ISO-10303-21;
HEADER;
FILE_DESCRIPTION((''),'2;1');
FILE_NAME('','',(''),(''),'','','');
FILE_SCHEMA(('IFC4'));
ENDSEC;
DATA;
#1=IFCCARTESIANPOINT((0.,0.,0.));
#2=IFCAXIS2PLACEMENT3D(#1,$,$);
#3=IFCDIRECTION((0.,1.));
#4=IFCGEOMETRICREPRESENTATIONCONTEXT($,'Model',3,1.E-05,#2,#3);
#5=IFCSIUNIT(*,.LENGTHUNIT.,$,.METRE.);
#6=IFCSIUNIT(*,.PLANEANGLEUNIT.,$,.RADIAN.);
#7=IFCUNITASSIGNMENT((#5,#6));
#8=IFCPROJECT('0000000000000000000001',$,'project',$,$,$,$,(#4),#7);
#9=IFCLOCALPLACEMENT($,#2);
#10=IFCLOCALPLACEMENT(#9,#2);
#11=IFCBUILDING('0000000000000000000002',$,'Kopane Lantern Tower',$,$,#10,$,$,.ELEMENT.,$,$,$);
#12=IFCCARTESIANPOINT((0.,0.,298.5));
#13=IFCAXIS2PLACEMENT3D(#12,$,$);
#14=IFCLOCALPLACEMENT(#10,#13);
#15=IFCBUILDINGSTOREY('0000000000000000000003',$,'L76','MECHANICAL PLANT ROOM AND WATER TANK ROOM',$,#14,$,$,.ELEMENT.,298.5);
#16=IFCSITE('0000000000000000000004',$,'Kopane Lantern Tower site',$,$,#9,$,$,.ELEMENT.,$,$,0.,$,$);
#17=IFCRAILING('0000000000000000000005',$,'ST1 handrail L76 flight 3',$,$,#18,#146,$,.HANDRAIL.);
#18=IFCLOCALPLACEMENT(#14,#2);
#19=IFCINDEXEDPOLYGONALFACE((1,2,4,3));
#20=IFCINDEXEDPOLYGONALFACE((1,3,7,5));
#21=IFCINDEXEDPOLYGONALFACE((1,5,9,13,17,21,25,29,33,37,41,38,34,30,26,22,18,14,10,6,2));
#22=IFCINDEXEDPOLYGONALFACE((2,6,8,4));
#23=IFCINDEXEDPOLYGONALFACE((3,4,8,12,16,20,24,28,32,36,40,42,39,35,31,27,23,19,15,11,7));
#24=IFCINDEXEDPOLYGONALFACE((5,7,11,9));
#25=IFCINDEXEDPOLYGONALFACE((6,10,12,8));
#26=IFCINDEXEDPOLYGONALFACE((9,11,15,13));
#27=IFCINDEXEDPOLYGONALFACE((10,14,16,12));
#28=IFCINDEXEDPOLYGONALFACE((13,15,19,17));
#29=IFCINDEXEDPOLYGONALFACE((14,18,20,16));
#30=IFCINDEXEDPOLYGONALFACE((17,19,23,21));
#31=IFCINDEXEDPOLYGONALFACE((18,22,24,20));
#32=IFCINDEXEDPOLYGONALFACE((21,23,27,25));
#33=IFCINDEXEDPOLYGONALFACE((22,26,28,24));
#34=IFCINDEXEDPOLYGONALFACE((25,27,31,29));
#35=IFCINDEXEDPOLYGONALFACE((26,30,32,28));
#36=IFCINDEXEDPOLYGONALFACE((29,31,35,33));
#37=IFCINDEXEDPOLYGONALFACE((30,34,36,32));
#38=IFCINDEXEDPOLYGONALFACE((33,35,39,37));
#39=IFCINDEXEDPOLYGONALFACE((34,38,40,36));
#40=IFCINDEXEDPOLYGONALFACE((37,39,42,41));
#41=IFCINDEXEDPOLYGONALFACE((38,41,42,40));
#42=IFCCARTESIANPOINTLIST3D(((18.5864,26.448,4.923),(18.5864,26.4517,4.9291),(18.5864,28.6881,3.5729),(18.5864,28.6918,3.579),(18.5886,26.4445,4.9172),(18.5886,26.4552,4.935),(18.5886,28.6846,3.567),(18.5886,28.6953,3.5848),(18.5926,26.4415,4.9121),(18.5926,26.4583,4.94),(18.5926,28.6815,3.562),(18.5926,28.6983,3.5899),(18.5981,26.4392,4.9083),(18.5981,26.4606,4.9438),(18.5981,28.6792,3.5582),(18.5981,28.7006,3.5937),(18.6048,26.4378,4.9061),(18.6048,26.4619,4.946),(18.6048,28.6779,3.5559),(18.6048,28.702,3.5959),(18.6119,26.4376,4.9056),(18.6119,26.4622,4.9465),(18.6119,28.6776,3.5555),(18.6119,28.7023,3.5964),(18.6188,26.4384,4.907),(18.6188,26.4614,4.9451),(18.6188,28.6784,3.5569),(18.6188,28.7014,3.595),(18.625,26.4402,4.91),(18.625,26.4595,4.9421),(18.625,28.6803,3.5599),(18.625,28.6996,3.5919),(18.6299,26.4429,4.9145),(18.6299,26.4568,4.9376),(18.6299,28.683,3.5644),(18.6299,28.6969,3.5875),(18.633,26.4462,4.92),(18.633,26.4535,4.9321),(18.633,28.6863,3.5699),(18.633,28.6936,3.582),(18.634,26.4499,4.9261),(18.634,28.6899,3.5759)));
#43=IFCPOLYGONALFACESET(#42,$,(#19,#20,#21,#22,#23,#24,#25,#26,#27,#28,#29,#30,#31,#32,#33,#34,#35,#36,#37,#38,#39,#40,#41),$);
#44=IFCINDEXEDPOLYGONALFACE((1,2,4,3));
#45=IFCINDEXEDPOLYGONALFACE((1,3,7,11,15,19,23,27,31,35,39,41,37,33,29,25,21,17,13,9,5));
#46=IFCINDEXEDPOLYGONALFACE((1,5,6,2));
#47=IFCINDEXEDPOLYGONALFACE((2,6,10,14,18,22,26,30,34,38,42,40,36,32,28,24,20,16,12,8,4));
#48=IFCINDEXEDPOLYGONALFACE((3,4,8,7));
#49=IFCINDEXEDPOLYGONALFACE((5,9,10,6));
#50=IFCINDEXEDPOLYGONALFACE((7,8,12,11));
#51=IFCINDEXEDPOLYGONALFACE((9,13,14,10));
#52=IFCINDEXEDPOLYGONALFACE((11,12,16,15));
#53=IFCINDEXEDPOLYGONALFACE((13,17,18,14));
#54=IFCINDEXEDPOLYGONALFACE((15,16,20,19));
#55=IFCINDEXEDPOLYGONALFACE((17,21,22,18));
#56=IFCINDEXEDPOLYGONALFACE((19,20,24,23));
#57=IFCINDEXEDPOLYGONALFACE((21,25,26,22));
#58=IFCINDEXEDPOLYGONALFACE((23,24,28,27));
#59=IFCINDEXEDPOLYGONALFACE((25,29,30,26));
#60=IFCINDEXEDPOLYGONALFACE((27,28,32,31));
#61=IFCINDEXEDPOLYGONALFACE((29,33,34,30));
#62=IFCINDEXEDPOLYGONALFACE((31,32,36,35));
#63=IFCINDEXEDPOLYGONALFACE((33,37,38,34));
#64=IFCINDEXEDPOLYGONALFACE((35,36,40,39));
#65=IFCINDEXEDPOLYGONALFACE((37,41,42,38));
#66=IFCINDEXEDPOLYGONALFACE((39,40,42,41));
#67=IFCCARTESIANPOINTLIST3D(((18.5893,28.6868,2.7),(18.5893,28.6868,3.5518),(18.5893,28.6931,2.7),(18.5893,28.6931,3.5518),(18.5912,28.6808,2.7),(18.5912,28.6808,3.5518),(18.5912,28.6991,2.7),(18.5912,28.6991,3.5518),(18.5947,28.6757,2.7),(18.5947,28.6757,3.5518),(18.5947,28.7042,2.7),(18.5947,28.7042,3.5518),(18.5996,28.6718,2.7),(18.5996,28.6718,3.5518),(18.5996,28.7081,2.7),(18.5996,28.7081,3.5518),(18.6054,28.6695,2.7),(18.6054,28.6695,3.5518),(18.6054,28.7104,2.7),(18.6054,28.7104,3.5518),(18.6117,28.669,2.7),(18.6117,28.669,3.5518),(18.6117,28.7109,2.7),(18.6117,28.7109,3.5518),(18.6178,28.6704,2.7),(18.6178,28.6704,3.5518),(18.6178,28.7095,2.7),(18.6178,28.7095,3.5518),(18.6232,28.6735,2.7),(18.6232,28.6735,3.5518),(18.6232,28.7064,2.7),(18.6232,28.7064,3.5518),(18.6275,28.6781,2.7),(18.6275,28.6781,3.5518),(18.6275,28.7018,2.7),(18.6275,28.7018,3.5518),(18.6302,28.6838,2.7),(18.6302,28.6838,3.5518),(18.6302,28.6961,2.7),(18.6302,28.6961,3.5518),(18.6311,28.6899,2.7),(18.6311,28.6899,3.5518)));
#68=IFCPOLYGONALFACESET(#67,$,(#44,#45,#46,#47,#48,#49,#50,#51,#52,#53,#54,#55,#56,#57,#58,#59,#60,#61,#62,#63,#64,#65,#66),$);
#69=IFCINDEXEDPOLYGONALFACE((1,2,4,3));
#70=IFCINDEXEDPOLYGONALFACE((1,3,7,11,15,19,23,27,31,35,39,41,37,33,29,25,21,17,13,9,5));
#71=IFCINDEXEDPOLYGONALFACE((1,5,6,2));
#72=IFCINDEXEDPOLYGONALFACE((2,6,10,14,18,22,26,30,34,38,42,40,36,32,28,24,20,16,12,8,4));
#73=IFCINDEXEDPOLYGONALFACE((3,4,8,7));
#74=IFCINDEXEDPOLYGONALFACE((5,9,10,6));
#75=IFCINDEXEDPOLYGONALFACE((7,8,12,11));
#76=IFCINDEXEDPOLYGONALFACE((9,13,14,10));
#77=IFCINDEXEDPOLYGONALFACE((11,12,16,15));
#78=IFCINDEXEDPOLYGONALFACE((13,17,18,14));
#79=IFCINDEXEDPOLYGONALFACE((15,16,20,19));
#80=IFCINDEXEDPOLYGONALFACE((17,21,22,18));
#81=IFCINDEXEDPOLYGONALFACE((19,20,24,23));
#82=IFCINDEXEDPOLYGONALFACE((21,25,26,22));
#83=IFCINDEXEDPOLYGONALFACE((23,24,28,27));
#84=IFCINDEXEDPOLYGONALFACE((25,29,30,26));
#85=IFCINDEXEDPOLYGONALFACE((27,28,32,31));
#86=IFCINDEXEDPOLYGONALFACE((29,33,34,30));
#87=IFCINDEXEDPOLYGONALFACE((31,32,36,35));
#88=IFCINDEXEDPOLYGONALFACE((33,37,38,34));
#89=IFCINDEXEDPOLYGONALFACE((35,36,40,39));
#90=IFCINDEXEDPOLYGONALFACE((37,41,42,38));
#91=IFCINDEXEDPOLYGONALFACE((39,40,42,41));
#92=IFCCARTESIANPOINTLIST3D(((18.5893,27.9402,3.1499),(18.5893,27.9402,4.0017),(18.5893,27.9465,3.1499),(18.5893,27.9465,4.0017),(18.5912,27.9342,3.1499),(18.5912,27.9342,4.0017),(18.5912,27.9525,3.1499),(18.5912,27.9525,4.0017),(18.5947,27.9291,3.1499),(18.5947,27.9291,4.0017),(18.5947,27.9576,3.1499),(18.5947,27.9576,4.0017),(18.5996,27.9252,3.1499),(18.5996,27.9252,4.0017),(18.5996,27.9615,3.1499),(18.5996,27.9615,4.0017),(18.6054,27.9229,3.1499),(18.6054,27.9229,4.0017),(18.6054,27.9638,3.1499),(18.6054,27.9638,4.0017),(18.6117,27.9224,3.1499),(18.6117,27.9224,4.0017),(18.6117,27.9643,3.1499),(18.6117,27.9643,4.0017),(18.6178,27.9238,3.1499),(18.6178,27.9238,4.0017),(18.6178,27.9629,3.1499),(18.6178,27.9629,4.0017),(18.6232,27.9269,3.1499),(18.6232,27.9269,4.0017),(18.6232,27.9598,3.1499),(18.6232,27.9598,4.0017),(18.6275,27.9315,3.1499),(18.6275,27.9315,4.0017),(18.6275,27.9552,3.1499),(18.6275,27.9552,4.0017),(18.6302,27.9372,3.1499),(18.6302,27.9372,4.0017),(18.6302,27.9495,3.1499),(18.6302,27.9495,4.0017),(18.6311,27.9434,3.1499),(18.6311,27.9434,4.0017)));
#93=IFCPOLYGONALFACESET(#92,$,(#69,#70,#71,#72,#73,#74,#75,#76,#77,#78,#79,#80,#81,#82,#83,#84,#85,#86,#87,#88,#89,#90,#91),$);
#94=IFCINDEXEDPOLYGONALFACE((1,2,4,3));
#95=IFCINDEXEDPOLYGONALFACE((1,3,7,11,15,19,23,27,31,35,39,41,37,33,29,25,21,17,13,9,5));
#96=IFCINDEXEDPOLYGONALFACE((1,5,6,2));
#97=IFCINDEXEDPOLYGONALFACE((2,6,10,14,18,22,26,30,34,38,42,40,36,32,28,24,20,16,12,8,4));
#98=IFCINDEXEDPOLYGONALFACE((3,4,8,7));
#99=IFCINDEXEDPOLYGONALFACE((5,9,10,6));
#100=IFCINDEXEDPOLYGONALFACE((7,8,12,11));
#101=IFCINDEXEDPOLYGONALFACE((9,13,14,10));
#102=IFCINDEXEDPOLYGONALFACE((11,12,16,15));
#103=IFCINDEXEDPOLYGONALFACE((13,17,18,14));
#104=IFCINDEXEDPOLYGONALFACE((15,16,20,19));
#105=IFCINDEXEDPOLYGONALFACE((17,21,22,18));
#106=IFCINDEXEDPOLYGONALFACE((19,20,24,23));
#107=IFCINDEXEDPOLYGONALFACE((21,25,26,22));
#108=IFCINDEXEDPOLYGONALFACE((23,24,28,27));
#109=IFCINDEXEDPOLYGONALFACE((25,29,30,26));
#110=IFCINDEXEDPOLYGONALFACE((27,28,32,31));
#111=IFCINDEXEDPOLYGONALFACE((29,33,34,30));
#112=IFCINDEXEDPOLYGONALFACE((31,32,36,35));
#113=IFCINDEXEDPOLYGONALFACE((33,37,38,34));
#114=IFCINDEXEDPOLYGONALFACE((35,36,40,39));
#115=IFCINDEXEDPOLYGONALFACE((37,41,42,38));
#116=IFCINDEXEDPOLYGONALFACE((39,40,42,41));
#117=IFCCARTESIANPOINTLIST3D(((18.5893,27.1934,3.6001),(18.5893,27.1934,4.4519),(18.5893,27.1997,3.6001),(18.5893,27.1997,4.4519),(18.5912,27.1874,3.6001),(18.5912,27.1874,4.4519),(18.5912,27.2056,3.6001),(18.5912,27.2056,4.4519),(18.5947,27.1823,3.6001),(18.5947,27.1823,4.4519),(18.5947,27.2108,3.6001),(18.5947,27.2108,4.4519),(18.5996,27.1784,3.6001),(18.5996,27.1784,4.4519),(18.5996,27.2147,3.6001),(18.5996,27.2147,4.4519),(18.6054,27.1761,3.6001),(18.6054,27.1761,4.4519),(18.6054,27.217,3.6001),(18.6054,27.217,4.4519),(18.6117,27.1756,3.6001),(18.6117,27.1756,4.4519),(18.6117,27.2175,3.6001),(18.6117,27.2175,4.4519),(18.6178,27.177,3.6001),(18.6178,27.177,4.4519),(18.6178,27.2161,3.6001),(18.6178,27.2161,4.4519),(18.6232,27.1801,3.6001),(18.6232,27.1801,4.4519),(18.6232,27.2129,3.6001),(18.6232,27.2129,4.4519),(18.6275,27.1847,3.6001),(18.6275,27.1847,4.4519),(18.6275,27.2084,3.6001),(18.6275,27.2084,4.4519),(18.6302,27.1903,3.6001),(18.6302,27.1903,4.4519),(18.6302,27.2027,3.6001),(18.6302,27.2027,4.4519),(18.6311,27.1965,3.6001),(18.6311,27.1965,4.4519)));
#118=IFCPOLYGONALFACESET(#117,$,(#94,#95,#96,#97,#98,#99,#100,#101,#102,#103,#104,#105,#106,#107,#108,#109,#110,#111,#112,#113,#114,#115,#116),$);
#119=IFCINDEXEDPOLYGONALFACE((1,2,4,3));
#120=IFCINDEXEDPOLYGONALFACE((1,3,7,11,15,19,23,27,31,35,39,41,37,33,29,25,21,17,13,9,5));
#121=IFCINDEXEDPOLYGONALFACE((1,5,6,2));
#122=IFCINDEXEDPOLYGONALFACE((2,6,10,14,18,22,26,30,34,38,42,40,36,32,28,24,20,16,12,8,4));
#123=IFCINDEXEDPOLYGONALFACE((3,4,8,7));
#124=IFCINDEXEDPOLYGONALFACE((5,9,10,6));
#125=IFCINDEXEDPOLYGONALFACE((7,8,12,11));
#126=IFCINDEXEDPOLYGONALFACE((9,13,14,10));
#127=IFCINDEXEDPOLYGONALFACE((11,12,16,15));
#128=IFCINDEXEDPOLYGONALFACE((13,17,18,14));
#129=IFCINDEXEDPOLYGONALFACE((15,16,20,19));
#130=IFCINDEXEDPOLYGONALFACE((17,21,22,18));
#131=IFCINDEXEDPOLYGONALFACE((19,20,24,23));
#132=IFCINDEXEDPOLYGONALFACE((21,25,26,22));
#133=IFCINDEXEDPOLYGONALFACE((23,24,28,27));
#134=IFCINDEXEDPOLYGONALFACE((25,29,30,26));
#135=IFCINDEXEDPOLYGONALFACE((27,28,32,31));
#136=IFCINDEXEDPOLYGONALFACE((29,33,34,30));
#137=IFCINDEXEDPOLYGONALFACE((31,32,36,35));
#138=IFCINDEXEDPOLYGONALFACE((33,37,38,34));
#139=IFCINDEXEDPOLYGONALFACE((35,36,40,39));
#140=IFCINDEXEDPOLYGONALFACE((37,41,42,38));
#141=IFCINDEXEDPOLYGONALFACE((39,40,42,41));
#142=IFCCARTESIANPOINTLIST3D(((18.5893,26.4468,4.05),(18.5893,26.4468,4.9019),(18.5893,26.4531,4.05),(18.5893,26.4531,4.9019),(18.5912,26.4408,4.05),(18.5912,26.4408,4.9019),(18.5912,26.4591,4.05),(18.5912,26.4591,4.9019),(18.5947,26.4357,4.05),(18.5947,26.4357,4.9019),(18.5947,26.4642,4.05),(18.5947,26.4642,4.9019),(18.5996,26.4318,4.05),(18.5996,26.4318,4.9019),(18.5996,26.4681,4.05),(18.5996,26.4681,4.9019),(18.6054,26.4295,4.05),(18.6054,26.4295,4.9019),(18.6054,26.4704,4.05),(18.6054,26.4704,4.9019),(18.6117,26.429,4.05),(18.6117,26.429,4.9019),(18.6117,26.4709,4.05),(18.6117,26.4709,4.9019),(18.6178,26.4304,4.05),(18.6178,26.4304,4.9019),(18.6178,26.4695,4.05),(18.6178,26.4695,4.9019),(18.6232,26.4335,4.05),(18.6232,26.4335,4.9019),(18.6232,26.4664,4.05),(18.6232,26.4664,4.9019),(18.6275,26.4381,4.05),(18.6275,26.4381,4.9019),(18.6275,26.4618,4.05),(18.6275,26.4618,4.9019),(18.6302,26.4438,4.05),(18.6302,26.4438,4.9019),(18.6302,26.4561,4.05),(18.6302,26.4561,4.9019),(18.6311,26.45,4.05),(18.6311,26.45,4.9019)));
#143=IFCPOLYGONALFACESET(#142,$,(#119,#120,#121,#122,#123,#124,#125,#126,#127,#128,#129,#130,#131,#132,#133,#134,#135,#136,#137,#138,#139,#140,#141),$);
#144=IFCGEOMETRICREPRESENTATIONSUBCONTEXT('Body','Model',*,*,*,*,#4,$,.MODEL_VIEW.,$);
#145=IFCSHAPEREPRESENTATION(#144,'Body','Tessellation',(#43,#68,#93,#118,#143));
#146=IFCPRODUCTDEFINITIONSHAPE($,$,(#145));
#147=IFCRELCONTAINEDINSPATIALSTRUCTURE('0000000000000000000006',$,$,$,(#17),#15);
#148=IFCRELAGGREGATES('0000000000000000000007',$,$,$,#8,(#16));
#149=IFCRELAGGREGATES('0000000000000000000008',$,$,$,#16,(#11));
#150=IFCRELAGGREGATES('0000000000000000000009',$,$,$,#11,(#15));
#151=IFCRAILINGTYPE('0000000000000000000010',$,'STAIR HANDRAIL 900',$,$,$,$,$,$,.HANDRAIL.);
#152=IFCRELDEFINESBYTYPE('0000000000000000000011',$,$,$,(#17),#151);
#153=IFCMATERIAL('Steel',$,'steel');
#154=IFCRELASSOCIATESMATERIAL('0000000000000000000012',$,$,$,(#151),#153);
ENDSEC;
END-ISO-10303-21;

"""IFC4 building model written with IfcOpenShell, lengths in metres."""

from ifc_helpers import new_model, si_unit, direction, frame, origin, origin_2d, place, context, subcontext, project, spatial, circle, extrude, material, type_object, element, save


model = new_model("IFC4")

# Units and contexts
model_context = context("Model", 3, precision=1e-05, world=origin(), true_north=direction((0.0, 1.0)))
body_context = subcontext(model_context, "Body", "Model", "MODEL_VIEW")
ifc_project = project(units=[si_unit("LENGTHUNIT", "METRE"), si_unit("PLANEANGLEUNIT", "RADIAN")], contexts=[model_context])

# Site, building, storey
site_placement = place(None, origin())
site = spatial("IfcSite", under=ifc_project, at=site_placement, Name="Kopane Lantern Tower site", CompositionType="ELEMENT", RefElevation=0.0)
building_placement = place(site_placement, origin())
building = spatial("IfcBuilding", under=site, at=building_placement, Name="Kopane Lantern Tower", CompositionType="ELEMENT")
storey_placement = place(building_placement, frame((0.0, 0.0, 298.5)))
storey = spatial("IfcBuildingStorey", under=building, at=storey_placement, Name="L76", Description="MECHANICAL PLANT ROOM AND WATER TANK ROOM", CompositionType="ELEMENT", Elevation=298.5)

# Railing
ifc_material_1 = material(Name="Steel", Category="steel")
railing_type_1 = type_object("IfcRailingType", Name="STAIR HANDRAIL 900", PredefinedType="HANDRAIL", material=ifc_material_1)
for number, where, name in (
    (1, (18.6101, 28.6899, 2.7), "ST1 handrail L76 flight 3"),
):
    element("IfcRailing", number, at=place(storey_placement, frame(where)), inside=storey, type_object=railing_type_1, Name=name, PredefinedType="HANDRAIL", context=body_context, shape_type="SweptSolid", body=[
        extrude(circle(Radius=0.0239, at=origin_2d()), frame((0.0, 0.0, 0.876), z_axis=(0.0, -0.856462, 0.516211), x_axis=(1.0, 0.0, 0.0)), (0.0, 0.0, 1.0), 2.6155),
        extrude(circle(Radius=0.021, at=origin_2d()), origin(), (0.0, 0.0, 1.0), 0.8518),
        extrude(circle(Radius=0.021, at=origin_2d()), frame((0.0, -0.7466, 0.45)), (0.0, 0.0, 1.0), 0.8518),
        extrude(circle(Radius=0.021, at=origin_2d()), frame((0.0, -1.4934, 0.9001)), (0.0, 0.0, 1.0), 0.8518),
        extrude(circle(Radius=0.021, at=origin_2d()), frame((0.0, -2.24, 1.3501)), (0.0, 0.0, 1.0), 0.8518),
    ])

save(model, "model.ifc")
